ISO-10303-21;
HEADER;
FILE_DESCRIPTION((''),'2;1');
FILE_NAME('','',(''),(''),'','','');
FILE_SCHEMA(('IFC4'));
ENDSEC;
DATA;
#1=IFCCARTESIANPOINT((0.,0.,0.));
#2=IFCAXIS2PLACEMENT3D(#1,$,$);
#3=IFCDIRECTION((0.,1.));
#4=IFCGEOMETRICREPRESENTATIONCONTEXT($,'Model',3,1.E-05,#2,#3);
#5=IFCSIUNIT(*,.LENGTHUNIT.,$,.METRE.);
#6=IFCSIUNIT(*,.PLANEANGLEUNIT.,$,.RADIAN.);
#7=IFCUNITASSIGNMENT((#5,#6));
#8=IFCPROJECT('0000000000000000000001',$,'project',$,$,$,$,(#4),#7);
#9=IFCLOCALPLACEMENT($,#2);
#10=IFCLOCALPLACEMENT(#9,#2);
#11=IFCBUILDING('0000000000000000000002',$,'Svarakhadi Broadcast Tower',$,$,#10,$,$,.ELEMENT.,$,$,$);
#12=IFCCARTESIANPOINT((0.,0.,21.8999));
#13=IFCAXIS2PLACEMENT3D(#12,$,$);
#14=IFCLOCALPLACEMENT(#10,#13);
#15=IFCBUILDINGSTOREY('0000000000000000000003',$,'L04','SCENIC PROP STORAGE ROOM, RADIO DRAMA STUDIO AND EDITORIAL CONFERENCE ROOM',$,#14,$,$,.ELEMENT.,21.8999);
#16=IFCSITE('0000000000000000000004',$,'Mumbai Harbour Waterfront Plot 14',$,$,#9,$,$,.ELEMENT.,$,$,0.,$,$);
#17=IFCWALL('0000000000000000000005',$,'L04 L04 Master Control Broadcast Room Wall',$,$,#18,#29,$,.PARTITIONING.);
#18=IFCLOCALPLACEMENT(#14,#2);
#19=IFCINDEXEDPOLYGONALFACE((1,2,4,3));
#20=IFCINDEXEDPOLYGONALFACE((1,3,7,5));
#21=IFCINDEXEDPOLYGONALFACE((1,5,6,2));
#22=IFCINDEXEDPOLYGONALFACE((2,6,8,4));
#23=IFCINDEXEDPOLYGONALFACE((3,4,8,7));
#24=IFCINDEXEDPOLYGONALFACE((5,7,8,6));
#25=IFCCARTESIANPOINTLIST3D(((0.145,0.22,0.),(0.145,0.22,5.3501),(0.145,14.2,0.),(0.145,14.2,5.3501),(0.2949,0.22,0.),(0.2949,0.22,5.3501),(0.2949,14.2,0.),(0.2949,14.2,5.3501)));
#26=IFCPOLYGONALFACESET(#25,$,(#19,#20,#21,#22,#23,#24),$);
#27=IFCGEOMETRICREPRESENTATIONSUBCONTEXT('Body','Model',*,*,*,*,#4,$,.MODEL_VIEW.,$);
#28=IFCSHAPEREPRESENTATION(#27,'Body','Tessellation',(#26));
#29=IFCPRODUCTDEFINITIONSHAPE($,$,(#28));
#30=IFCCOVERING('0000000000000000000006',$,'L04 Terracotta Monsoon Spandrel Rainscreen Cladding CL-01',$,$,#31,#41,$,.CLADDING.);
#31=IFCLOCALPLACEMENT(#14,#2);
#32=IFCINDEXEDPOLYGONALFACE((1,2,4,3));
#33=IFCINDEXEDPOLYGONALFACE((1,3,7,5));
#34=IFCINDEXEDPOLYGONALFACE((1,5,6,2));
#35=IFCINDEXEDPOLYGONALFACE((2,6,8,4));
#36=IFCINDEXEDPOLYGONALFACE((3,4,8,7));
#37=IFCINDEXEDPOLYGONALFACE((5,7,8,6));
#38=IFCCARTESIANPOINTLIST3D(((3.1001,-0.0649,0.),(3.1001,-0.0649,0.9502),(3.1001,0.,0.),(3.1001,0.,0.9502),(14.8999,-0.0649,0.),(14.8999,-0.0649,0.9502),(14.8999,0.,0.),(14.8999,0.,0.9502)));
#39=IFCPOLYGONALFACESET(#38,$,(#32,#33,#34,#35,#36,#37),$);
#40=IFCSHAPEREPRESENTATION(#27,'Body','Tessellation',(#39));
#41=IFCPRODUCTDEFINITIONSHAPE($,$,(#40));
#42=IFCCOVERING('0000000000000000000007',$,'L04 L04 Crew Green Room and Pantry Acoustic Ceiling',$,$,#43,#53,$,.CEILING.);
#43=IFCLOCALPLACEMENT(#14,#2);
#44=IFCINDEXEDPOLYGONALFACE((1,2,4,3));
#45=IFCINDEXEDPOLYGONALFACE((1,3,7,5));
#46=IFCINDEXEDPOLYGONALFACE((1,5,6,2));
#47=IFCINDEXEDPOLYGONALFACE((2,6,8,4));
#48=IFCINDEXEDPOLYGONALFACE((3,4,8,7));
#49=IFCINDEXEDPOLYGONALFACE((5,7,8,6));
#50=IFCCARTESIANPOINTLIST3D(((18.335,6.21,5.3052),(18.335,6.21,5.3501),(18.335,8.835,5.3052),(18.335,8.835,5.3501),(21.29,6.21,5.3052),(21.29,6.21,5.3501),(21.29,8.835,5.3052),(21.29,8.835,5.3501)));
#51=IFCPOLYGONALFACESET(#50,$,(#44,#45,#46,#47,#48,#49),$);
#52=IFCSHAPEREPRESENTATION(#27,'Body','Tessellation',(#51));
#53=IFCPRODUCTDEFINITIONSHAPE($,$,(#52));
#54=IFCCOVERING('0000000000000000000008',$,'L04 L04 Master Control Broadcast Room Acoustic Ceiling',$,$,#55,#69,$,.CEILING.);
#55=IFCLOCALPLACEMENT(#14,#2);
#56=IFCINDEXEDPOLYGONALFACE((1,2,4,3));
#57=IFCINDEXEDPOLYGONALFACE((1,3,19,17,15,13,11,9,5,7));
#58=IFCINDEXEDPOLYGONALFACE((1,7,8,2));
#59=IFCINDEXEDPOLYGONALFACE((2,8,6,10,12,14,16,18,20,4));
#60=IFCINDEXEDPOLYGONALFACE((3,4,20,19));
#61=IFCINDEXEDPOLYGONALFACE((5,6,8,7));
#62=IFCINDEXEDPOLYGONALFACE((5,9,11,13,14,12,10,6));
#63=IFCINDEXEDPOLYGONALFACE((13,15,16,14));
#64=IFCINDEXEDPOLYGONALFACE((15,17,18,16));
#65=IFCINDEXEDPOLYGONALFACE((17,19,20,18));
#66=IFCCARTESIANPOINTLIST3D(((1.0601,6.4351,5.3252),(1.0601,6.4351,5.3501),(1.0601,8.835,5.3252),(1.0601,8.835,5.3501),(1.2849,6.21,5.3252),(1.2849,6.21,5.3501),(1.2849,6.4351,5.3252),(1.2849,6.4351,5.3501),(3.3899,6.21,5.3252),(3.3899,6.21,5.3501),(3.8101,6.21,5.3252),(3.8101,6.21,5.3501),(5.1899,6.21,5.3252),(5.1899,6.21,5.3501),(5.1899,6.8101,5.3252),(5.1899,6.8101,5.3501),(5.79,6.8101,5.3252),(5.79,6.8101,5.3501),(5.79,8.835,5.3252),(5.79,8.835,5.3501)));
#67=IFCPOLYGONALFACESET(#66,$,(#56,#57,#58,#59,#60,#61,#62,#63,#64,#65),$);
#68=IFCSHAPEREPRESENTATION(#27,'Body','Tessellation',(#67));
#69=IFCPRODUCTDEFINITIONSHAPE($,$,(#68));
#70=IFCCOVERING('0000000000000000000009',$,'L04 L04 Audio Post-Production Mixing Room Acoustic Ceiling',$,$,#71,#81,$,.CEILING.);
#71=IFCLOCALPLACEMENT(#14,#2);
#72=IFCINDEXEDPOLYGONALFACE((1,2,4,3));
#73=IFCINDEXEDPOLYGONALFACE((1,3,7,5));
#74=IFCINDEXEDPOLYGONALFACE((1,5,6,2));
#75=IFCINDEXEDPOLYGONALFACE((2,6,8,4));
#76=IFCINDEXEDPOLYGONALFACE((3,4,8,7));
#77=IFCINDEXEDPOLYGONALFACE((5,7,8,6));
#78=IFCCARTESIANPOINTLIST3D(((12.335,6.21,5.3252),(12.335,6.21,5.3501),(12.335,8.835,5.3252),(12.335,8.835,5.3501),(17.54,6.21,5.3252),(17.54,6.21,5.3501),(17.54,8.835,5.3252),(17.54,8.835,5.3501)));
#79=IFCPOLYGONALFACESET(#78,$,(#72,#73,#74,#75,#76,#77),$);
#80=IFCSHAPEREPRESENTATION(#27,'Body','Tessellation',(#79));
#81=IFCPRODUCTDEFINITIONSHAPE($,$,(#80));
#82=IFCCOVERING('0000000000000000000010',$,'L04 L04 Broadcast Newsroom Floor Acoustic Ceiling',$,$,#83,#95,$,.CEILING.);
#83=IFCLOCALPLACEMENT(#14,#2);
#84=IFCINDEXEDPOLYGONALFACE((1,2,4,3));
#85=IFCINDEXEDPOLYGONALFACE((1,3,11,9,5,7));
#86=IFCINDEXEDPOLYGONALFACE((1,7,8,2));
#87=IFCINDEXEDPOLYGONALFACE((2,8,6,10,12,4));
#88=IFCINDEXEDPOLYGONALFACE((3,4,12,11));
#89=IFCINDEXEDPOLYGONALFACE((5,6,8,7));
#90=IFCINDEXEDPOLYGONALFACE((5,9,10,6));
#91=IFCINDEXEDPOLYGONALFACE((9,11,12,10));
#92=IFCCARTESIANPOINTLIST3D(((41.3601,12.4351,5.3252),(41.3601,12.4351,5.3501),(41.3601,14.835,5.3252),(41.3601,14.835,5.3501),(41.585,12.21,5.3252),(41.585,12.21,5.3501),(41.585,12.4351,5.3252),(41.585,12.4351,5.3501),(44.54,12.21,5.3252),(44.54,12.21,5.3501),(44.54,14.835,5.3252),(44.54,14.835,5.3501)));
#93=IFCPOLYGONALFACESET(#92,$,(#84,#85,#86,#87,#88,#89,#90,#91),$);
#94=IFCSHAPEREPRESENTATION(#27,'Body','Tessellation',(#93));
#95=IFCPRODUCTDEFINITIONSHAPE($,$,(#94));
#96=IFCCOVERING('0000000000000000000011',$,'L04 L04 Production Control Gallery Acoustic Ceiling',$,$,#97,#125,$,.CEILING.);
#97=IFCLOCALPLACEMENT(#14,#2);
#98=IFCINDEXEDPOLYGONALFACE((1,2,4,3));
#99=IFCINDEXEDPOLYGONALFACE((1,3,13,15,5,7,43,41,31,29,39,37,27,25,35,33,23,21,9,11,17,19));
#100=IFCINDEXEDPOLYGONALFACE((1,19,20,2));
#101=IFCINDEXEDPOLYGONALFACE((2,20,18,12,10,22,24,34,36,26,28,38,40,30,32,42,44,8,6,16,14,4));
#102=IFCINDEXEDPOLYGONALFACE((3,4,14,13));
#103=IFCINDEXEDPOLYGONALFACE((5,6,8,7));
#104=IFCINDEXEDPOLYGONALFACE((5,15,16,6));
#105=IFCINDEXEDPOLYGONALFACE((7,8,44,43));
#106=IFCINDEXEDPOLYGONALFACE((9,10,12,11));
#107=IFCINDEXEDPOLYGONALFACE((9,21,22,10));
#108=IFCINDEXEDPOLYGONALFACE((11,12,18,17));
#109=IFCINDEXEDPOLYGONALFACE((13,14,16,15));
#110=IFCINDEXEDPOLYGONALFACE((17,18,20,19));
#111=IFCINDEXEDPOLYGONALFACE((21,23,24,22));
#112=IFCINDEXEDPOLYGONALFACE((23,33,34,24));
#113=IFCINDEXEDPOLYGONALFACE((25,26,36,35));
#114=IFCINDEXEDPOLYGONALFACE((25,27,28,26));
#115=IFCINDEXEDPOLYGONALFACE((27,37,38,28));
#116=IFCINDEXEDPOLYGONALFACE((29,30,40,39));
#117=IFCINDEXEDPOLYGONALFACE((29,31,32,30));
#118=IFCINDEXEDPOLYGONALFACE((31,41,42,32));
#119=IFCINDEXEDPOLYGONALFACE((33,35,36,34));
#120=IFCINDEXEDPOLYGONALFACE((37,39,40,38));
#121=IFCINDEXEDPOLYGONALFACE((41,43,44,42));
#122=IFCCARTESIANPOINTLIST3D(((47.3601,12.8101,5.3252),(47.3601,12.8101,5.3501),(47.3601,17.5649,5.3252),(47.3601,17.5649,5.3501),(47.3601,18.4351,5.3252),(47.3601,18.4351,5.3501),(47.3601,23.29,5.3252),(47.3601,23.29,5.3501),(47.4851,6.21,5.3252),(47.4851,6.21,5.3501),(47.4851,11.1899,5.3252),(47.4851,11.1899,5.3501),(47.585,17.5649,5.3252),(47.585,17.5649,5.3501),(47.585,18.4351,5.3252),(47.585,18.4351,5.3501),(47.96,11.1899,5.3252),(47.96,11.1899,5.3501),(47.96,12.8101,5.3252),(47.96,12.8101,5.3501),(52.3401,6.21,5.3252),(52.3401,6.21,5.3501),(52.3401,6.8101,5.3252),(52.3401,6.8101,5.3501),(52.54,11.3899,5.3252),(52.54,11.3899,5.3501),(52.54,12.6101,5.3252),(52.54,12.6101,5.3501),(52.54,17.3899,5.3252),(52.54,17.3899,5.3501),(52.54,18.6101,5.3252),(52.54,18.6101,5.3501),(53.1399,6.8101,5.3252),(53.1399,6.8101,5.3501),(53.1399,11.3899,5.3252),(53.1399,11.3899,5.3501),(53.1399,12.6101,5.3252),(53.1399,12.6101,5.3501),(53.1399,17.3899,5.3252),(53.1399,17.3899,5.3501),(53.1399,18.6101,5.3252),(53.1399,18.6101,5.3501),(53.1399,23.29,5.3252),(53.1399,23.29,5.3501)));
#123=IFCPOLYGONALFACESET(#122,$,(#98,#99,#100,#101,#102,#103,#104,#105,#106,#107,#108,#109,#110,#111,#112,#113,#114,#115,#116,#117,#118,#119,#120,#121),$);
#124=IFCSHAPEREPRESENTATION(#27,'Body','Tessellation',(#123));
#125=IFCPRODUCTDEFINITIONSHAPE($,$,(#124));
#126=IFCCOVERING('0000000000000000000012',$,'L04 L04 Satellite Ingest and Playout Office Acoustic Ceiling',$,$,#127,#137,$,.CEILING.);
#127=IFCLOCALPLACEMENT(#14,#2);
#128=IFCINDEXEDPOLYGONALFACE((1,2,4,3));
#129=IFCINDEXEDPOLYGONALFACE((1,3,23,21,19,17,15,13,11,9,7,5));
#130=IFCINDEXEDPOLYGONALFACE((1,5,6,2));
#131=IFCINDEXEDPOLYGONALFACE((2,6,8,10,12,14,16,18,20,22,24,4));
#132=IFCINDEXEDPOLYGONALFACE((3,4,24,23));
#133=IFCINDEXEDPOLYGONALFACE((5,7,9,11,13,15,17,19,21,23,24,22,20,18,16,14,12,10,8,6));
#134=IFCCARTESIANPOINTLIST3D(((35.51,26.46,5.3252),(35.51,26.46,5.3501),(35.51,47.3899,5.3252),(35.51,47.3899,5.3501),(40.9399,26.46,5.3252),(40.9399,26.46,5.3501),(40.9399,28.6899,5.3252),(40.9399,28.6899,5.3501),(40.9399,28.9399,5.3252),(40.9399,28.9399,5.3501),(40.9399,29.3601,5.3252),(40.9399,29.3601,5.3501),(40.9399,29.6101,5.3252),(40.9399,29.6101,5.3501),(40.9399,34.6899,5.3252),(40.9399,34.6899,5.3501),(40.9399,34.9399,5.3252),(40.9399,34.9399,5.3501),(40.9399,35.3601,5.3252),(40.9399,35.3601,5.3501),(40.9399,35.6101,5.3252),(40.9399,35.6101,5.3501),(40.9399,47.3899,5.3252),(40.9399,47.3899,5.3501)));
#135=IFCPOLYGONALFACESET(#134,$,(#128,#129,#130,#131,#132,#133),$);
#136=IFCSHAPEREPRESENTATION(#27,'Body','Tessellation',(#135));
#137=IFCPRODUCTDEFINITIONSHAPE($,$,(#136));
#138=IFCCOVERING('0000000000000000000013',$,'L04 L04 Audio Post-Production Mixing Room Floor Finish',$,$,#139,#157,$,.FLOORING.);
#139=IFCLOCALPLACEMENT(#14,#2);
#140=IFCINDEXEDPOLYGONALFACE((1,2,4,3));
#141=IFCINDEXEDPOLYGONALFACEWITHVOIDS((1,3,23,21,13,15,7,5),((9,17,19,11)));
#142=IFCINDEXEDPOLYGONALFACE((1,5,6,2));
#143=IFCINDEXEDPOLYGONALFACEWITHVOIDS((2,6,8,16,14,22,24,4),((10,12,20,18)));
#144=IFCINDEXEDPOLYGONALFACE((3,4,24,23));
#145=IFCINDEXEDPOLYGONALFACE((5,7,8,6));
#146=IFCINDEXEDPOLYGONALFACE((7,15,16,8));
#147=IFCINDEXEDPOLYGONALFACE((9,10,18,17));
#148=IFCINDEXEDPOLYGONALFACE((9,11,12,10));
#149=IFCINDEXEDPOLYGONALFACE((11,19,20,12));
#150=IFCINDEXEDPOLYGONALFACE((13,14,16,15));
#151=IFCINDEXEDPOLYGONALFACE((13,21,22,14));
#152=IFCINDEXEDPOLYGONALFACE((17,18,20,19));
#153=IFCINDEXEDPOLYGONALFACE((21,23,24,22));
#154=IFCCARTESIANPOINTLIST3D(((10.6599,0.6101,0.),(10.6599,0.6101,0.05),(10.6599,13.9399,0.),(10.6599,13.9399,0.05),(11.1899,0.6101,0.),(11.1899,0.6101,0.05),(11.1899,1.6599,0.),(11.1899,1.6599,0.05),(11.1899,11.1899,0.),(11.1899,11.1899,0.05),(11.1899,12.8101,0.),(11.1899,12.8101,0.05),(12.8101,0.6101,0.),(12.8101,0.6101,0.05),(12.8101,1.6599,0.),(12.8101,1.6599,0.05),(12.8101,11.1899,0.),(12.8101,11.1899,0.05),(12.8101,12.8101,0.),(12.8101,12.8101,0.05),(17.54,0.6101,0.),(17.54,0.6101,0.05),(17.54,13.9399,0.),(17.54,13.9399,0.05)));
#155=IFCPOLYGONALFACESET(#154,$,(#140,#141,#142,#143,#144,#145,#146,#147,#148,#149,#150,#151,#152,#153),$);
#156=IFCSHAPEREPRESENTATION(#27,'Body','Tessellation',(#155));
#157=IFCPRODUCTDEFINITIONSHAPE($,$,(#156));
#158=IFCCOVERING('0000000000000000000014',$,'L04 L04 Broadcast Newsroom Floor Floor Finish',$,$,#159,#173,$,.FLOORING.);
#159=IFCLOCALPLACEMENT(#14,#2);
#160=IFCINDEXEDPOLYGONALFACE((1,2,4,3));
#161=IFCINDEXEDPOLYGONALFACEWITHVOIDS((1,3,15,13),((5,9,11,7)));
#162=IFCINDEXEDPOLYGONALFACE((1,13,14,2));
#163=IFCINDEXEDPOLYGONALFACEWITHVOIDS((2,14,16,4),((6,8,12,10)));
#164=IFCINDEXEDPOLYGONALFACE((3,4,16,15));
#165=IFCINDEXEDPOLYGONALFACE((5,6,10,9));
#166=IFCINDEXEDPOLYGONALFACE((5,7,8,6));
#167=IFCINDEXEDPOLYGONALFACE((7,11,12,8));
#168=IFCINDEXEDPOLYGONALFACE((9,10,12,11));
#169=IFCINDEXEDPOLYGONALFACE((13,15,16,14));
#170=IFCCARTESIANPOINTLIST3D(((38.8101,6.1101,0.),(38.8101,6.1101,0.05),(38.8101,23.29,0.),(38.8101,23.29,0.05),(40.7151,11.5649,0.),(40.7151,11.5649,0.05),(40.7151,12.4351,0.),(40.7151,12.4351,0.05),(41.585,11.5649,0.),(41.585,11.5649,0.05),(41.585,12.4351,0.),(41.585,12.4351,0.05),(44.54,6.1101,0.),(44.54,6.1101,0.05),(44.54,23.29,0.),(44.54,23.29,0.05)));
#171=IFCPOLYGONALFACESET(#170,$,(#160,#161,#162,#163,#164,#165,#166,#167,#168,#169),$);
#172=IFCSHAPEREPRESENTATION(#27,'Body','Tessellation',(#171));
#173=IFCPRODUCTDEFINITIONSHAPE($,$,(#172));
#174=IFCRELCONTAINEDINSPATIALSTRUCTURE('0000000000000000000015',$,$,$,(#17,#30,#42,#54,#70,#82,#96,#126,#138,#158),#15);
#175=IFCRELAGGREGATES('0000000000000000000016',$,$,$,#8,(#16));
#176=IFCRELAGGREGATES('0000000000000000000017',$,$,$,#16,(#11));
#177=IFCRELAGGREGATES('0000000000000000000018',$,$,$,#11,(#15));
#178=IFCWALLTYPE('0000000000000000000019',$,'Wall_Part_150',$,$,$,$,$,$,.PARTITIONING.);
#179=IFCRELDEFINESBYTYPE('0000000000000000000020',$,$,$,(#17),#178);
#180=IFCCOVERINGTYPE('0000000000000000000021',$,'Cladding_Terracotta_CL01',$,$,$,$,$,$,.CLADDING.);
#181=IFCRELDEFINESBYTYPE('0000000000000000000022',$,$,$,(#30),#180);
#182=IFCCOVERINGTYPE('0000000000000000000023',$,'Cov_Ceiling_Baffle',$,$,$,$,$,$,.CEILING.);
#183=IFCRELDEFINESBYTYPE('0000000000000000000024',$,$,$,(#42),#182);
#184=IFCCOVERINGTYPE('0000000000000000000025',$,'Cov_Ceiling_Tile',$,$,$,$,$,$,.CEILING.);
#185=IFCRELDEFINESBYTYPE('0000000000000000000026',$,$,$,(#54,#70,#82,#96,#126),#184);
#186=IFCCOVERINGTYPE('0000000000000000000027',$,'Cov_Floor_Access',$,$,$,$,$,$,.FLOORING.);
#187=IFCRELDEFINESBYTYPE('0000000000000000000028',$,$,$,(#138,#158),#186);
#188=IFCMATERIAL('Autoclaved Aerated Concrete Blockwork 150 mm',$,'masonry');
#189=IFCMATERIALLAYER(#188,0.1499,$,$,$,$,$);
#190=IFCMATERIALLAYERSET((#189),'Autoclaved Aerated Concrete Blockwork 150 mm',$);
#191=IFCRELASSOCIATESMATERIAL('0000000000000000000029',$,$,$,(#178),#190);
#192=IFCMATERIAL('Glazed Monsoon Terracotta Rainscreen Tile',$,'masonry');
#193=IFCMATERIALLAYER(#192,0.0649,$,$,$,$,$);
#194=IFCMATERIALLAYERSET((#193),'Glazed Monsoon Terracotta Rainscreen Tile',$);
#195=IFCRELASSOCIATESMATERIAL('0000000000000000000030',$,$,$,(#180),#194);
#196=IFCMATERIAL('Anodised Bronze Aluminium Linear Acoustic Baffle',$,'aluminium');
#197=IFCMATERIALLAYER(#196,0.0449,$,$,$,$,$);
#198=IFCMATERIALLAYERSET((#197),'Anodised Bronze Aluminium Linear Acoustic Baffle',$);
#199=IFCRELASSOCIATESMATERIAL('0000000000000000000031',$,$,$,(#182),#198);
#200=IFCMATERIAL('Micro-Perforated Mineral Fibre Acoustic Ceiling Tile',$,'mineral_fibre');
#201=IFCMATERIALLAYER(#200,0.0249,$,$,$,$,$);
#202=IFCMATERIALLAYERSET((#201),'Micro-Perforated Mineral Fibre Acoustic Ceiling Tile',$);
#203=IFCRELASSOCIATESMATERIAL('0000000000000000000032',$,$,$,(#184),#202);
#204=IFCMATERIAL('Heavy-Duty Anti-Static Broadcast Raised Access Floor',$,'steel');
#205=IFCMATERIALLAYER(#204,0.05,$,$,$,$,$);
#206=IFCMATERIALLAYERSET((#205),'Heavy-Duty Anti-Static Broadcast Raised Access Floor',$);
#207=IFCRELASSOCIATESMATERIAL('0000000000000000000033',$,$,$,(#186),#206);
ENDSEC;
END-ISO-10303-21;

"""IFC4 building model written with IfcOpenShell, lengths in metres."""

from ifc_helpers import new_model, si_unit, direction, frame, frame_2d, origin, place, context, subcontext, project, spatial, polyline, rectangle, outline, extrude, material, layer, layer_set, type_object, element, save


model = new_model("IFC4")

# Units and contexts
model_context = context("Model", 3, precision=1e-05, world=origin(), true_north=direction((0.0, 1.0)))
body_context = subcontext(model_context, "Body", "Model", "MODEL_VIEW")
ifc_project = project(units=[si_unit("LENGTHUNIT", "METRE"), si_unit("PLANEANGLEUNIT", "RADIAN")], contexts=[model_context])

# Site, building, storey
site_placement = place(None, origin())
site = spatial("IfcSite", under=ifc_project, at=site_placement, Name="Mumbai Harbour Waterfront Plot 14", CompositionType="ELEMENT", RefElevation=0.0)
building_placement = place(site_placement, origin())
building = spatial("IfcBuilding", under=site, at=building_placement, Name="Svarakhadi Broadcast Tower", CompositionType="ELEMENT")
storey_placement = place(building_placement, frame((0.0, 0.0, 21.8999)))
storey = spatial("IfcBuildingStorey", under=building, at=storey_placement, Name="L04", Description="SCENIC PROP STORAGE ROOM, RADIO DRAMA STUDIO AND EDITORIAL CONFERENCE ROOM", CompositionType="ELEMENT", Elevation=21.8999)

# Wall
ifc_material_1 = material(Name="Autoclaved Aerated Concrete Blockwork 150 mm", Category="masonry")
ifc_layer_1 = layer(ifc_material_1, 0.1499)
ifc_layer_set_1 = layer_set([ifc_layer_1], Name="Autoclaved Aerated Concrete Blockwork 150 mm")
wall_type = type_object("IfcWallType", Name="Wall_Part_150", PredefinedType="PARTITIONING", material=ifc_layer_set_1)
wall_1_placement = place(storey_placement, frame((0.22, 0.22, 0.0), z_axis=(0.0, 0.0, 1.0), x_axis=(0.0, 1.0, 0.0)))
element("IfcWall", 1, at=wall_1_placement, inside=storey, type_object=wall_type, Name="L04 L04 Master Control Broadcast Room Wall", PredefinedType="PARTITIONING", context=body_context, shape_type="SweptSolid", body=[
    extrude(rectangle(XDim=13.98, YDim=0.1499, at=frame_2d((6.99, 0.0))), origin(), (0.0, 0.0, 1.0), 5.3501),
])

# Coverings
ifc_material_2 = material(Name="Glazed Monsoon Terracotta Rainscreen Tile", Category="masonry")
ifc_layer_2 = layer(ifc_material_2, 0.0649)
ifc_layer_set_2 = layer_set([ifc_layer_2], Name="Glazed Monsoon Terracotta Rainscreen Tile")
covering_type_1 = type_object("IfcCoveringType", Name="Cladding_Terracotta_CL01", PredefinedType="CLADDING", material=ifc_layer_set_2)
covering_1_placement = place(storey_placement, origin())
element("IfcCovering", 2, at=covering_1_placement, inside=storey, type_object=covering_type_1, Name="L04 Terracotta Monsoon Spandrel Rainscreen Cladding CL-01", PredefinedType="CLADDING", context=body_context, shape_type="SweptSolid", body=[
    extrude(outline(polyline([(3.1001, -0.0649), (14.8999, -0.0649), (14.8999, 0.0), (3.1001, 0.0), (3.1001, -0.0649)])), origin(), (0.0, 0.0, 1.0), 0.9502),
])
ifc_material_3 = material(Name="Anodised Bronze Aluminium Linear Acoustic Baffle", Category="aluminium")
ifc_layer_3 = layer(ifc_material_3, 0.0449)
ifc_layer_set_3 = layer_set([ifc_layer_3], Name="Anodised Bronze Aluminium Linear Acoustic Baffle")
covering_type_2 = type_object("IfcCoveringType", Name="Cov_Ceiling_Baffle", PredefinedType="CEILING", material=ifc_layer_set_3)
covering_2_placement = place(storey_placement, frame((0.0, 0.0, 5.3052)))
element("IfcCovering", 3, at=covering_2_placement, inside=storey, type_object=covering_type_2, Name="L04 L04 Crew Green Room and Pantry Acoustic Ceiling", PredefinedType="CEILING", context=body_context, shape_type="SweptSolid", body=[
    extrude(outline(polyline([(21.29, 6.21), (18.335, 6.21), (18.335, 8.835), (21.29, 8.835), (21.29, 6.21)])), origin(), (0.0, 0.0, 1.0), 0.0449),
])
ifc_material_4 = material(Name="Micro-Perforated Mineral Fibre Acoustic Ceiling Tile", Category="mineral_fibre")
ifc_layer_4 = layer(ifc_material_4, 0.0249)
ifc_layer_set_4 = layer_set([ifc_layer_4], Name="Micro-Perforated Mineral Fibre Acoustic Ceiling Tile")
covering_type_3 = type_object("IfcCoveringType", Name="Cov_Ceiling_Tile", PredefinedType="CEILING", material=ifc_layer_set_4)
covering_3_placement = place(storey_placement, frame((0.0, 0.0, 5.3252)))
element("IfcCovering", 4, at=covering_3_placement, inside=storey, type_object=covering_type_3, Name="L04 L04 Master Control Broadcast Room Acoustic Ceiling", PredefinedType="CEILING", context=body_context, shape_type="SweptSolid", body=[
    extrude(outline(polyline([(5.1899, 6.8101), (5.1899, 6.21), (3.8101, 6.21), (3.3899, 6.21), (1.2849, 6.21), (1.2849, 6.4351), (1.0601, 6.4351), (1.0601, 8.835), (5.79, 8.835), (5.79, 6.8101), (5.1899, 6.8101)])), origin(), (0.0, 0.0, 1.0), 0.0249),
])
covering_4_placement = place(storey_placement, frame((0.0, 0.0, 5.3252)))
element("IfcCovering", 5, at=covering_4_placement, inside=storey, type_object=covering_type_3, Name="L04 L04 Audio Post-Production Mixing Room Acoustic Ceiling", PredefinedType="CEILING", context=body_context, shape_type="SweptSolid", body=[
    extrude(outline(polyline([(17.54, 6.21), (12.335, 6.21), (12.335, 8.835), (17.54, 8.835), (17.54, 6.21)])), origin(), (0.0, 0.0, 1.0), 0.0249),
])
covering_5_placement = place(storey_placement, frame((0.0, 0.0, 5.3252)))
element("IfcCovering", 6, at=covering_5_placement, inside=storey, type_object=covering_type_3, Name="L04 L04 Broadcast Newsroom Floor Acoustic Ceiling", PredefinedType="CEILING", context=body_context, shape_type="SweptSolid", body=[
    extrude(outline(polyline([(44.54, 12.21), (41.585, 12.21), (41.585, 12.4351), (41.3601, 12.4351), (41.3601, 14.835), (44.54, 14.835), (44.54, 12.21)])), origin(), (0.0, 0.0, 1.0), 0.0249),
])
covering_6_placement = place(storey_placement, frame((0.0, 0.0, 5.3252)))
element("IfcCovering", 7, at=covering_6_placement, inside=storey, type_object=covering_type_3, Name="L04 L04 Production Control Gallery Acoustic Ceiling", PredefinedType="CEILING", context=body_context, shape_type="SweptSolid", body=[
    extrude(outline(polyline([(53.1399, 23.29), (53.1399, 18.6101), (52.54, 18.6101), (52.54, 17.3899), (53.1399, 17.3899), (53.1399, 12.6101), (52.54, 12.6101), (52.54, 11.3899), (53.1399, 11.3899), (53.1399, 6.8101), (52.3401, 6.8101), (52.3401, 6.21), (47.4851, 6.21), (47.4851, 11.1899), (47.96, 11.1899), (47.96, 12.8101), (47.3601, 12.8101), (47.3601, 17.5649), (47.585, 17.5649), (47.585, 18.4351), (47.3601, 18.4351), (47.3601, 23.29), (53.1399, 23.29)])), origin(), (0.0, 0.0, 1.0), 0.0249),
])
covering_7_placement = place(storey_placement, frame((0.0, 0.0, 5.3252)))
element("IfcCovering", 8, at=covering_7_placement, inside=storey, type_object=covering_type_3, Name="L04 L04 Satellite Ingest and Playout Office Acoustic Ceiling", PredefinedType="CEILING", context=body_context, shape_type="SweptSolid", body=[
    extrude(outline(polyline([(40.9399, 47.3899), (40.9399, 35.6101), (40.9399, 35.3601), (40.9399, 34.9399), (40.9399, 34.6899), (40.9399, 29.6101), (40.9399, 29.3601), (40.9399, 28.9399), (40.9399, 28.6899), (40.9399, 26.46), (35.51, 26.46), (35.51, 47.3899), (40.9399, 47.3899)])), origin(), (0.0, 0.0, 1.0), 0.0249),
])
ifc_material_5 = material(Name="Heavy-Duty Anti-Static Broadcast Raised Access Floor", Category="steel")
ifc_layer_5 = layer(ifc_material_5, 0.05)
ifc_layer_set_5 = layer_set([ifc_layer_5], Name="Heavy-Duty Anti-Static Broadcast Raised Access Floor")
covering_type_4 = type_object("IfcCoveringType", Name="Cov_Floor_Access", PredefinedType="FLOORING", material=ifc_layer_set_5)
covering_8_placement = place(storey_placement, origin())
element("IfcCovering", 9, at=covering_8_placement, inside=storey, type_object=covering_type_4, Name="L04 L04 Audio Post-Production Mixing Room Floor Finish", PredefinedType="FLOORING", context=body_context, shape_type="SweptSolid", body=[
    extrude(outline(polyline([(17.54, 13.9399), (17.54, 0.6101), (12.8101, 0.6101), (12.8101, 1.6599), (11.1899, 1.6599), (11.1899, 0.6101), (10.6599, 0.6101), (10.6599, 13.9399), (17.54, 13.9399)]), holes=[polyline([(11.1899, 11.1899), (12.8101, 11.1899), (12.8101, 12.8101), (11.1899, 12.8101), (11.1899, 11.1899)])]), origin(), (0.0, 0.0, 1.0), 0.05),
])
covering_9_placement = place(storey_placement, origin())
element("IfcCovering", 10, at=covering_9_placement, inside=storey, type_object=covering_type_4, Name="L04 L04 Broadcast Newsroom Floor Floor Finish", PredefinedType="FLOORING", context=body_context, shape_type="SweptSolid", body=[
    extrude(outline(polyline([(44.54, 23.29), (44.54, 6.1101), (38.8101, 6.1101), (38.8101, 23.29), (44.54, 23.29)]), holes=[polyline([(40.7151, 11.5649), (41.585, 11.5649), (41.585, 12.4351), (40.7151, 12.4351), (40.7151, 11.5649)])]), origin(), (0.0, 0.0, 1.0), 0.05),
])

save(model, "model.ifc")
